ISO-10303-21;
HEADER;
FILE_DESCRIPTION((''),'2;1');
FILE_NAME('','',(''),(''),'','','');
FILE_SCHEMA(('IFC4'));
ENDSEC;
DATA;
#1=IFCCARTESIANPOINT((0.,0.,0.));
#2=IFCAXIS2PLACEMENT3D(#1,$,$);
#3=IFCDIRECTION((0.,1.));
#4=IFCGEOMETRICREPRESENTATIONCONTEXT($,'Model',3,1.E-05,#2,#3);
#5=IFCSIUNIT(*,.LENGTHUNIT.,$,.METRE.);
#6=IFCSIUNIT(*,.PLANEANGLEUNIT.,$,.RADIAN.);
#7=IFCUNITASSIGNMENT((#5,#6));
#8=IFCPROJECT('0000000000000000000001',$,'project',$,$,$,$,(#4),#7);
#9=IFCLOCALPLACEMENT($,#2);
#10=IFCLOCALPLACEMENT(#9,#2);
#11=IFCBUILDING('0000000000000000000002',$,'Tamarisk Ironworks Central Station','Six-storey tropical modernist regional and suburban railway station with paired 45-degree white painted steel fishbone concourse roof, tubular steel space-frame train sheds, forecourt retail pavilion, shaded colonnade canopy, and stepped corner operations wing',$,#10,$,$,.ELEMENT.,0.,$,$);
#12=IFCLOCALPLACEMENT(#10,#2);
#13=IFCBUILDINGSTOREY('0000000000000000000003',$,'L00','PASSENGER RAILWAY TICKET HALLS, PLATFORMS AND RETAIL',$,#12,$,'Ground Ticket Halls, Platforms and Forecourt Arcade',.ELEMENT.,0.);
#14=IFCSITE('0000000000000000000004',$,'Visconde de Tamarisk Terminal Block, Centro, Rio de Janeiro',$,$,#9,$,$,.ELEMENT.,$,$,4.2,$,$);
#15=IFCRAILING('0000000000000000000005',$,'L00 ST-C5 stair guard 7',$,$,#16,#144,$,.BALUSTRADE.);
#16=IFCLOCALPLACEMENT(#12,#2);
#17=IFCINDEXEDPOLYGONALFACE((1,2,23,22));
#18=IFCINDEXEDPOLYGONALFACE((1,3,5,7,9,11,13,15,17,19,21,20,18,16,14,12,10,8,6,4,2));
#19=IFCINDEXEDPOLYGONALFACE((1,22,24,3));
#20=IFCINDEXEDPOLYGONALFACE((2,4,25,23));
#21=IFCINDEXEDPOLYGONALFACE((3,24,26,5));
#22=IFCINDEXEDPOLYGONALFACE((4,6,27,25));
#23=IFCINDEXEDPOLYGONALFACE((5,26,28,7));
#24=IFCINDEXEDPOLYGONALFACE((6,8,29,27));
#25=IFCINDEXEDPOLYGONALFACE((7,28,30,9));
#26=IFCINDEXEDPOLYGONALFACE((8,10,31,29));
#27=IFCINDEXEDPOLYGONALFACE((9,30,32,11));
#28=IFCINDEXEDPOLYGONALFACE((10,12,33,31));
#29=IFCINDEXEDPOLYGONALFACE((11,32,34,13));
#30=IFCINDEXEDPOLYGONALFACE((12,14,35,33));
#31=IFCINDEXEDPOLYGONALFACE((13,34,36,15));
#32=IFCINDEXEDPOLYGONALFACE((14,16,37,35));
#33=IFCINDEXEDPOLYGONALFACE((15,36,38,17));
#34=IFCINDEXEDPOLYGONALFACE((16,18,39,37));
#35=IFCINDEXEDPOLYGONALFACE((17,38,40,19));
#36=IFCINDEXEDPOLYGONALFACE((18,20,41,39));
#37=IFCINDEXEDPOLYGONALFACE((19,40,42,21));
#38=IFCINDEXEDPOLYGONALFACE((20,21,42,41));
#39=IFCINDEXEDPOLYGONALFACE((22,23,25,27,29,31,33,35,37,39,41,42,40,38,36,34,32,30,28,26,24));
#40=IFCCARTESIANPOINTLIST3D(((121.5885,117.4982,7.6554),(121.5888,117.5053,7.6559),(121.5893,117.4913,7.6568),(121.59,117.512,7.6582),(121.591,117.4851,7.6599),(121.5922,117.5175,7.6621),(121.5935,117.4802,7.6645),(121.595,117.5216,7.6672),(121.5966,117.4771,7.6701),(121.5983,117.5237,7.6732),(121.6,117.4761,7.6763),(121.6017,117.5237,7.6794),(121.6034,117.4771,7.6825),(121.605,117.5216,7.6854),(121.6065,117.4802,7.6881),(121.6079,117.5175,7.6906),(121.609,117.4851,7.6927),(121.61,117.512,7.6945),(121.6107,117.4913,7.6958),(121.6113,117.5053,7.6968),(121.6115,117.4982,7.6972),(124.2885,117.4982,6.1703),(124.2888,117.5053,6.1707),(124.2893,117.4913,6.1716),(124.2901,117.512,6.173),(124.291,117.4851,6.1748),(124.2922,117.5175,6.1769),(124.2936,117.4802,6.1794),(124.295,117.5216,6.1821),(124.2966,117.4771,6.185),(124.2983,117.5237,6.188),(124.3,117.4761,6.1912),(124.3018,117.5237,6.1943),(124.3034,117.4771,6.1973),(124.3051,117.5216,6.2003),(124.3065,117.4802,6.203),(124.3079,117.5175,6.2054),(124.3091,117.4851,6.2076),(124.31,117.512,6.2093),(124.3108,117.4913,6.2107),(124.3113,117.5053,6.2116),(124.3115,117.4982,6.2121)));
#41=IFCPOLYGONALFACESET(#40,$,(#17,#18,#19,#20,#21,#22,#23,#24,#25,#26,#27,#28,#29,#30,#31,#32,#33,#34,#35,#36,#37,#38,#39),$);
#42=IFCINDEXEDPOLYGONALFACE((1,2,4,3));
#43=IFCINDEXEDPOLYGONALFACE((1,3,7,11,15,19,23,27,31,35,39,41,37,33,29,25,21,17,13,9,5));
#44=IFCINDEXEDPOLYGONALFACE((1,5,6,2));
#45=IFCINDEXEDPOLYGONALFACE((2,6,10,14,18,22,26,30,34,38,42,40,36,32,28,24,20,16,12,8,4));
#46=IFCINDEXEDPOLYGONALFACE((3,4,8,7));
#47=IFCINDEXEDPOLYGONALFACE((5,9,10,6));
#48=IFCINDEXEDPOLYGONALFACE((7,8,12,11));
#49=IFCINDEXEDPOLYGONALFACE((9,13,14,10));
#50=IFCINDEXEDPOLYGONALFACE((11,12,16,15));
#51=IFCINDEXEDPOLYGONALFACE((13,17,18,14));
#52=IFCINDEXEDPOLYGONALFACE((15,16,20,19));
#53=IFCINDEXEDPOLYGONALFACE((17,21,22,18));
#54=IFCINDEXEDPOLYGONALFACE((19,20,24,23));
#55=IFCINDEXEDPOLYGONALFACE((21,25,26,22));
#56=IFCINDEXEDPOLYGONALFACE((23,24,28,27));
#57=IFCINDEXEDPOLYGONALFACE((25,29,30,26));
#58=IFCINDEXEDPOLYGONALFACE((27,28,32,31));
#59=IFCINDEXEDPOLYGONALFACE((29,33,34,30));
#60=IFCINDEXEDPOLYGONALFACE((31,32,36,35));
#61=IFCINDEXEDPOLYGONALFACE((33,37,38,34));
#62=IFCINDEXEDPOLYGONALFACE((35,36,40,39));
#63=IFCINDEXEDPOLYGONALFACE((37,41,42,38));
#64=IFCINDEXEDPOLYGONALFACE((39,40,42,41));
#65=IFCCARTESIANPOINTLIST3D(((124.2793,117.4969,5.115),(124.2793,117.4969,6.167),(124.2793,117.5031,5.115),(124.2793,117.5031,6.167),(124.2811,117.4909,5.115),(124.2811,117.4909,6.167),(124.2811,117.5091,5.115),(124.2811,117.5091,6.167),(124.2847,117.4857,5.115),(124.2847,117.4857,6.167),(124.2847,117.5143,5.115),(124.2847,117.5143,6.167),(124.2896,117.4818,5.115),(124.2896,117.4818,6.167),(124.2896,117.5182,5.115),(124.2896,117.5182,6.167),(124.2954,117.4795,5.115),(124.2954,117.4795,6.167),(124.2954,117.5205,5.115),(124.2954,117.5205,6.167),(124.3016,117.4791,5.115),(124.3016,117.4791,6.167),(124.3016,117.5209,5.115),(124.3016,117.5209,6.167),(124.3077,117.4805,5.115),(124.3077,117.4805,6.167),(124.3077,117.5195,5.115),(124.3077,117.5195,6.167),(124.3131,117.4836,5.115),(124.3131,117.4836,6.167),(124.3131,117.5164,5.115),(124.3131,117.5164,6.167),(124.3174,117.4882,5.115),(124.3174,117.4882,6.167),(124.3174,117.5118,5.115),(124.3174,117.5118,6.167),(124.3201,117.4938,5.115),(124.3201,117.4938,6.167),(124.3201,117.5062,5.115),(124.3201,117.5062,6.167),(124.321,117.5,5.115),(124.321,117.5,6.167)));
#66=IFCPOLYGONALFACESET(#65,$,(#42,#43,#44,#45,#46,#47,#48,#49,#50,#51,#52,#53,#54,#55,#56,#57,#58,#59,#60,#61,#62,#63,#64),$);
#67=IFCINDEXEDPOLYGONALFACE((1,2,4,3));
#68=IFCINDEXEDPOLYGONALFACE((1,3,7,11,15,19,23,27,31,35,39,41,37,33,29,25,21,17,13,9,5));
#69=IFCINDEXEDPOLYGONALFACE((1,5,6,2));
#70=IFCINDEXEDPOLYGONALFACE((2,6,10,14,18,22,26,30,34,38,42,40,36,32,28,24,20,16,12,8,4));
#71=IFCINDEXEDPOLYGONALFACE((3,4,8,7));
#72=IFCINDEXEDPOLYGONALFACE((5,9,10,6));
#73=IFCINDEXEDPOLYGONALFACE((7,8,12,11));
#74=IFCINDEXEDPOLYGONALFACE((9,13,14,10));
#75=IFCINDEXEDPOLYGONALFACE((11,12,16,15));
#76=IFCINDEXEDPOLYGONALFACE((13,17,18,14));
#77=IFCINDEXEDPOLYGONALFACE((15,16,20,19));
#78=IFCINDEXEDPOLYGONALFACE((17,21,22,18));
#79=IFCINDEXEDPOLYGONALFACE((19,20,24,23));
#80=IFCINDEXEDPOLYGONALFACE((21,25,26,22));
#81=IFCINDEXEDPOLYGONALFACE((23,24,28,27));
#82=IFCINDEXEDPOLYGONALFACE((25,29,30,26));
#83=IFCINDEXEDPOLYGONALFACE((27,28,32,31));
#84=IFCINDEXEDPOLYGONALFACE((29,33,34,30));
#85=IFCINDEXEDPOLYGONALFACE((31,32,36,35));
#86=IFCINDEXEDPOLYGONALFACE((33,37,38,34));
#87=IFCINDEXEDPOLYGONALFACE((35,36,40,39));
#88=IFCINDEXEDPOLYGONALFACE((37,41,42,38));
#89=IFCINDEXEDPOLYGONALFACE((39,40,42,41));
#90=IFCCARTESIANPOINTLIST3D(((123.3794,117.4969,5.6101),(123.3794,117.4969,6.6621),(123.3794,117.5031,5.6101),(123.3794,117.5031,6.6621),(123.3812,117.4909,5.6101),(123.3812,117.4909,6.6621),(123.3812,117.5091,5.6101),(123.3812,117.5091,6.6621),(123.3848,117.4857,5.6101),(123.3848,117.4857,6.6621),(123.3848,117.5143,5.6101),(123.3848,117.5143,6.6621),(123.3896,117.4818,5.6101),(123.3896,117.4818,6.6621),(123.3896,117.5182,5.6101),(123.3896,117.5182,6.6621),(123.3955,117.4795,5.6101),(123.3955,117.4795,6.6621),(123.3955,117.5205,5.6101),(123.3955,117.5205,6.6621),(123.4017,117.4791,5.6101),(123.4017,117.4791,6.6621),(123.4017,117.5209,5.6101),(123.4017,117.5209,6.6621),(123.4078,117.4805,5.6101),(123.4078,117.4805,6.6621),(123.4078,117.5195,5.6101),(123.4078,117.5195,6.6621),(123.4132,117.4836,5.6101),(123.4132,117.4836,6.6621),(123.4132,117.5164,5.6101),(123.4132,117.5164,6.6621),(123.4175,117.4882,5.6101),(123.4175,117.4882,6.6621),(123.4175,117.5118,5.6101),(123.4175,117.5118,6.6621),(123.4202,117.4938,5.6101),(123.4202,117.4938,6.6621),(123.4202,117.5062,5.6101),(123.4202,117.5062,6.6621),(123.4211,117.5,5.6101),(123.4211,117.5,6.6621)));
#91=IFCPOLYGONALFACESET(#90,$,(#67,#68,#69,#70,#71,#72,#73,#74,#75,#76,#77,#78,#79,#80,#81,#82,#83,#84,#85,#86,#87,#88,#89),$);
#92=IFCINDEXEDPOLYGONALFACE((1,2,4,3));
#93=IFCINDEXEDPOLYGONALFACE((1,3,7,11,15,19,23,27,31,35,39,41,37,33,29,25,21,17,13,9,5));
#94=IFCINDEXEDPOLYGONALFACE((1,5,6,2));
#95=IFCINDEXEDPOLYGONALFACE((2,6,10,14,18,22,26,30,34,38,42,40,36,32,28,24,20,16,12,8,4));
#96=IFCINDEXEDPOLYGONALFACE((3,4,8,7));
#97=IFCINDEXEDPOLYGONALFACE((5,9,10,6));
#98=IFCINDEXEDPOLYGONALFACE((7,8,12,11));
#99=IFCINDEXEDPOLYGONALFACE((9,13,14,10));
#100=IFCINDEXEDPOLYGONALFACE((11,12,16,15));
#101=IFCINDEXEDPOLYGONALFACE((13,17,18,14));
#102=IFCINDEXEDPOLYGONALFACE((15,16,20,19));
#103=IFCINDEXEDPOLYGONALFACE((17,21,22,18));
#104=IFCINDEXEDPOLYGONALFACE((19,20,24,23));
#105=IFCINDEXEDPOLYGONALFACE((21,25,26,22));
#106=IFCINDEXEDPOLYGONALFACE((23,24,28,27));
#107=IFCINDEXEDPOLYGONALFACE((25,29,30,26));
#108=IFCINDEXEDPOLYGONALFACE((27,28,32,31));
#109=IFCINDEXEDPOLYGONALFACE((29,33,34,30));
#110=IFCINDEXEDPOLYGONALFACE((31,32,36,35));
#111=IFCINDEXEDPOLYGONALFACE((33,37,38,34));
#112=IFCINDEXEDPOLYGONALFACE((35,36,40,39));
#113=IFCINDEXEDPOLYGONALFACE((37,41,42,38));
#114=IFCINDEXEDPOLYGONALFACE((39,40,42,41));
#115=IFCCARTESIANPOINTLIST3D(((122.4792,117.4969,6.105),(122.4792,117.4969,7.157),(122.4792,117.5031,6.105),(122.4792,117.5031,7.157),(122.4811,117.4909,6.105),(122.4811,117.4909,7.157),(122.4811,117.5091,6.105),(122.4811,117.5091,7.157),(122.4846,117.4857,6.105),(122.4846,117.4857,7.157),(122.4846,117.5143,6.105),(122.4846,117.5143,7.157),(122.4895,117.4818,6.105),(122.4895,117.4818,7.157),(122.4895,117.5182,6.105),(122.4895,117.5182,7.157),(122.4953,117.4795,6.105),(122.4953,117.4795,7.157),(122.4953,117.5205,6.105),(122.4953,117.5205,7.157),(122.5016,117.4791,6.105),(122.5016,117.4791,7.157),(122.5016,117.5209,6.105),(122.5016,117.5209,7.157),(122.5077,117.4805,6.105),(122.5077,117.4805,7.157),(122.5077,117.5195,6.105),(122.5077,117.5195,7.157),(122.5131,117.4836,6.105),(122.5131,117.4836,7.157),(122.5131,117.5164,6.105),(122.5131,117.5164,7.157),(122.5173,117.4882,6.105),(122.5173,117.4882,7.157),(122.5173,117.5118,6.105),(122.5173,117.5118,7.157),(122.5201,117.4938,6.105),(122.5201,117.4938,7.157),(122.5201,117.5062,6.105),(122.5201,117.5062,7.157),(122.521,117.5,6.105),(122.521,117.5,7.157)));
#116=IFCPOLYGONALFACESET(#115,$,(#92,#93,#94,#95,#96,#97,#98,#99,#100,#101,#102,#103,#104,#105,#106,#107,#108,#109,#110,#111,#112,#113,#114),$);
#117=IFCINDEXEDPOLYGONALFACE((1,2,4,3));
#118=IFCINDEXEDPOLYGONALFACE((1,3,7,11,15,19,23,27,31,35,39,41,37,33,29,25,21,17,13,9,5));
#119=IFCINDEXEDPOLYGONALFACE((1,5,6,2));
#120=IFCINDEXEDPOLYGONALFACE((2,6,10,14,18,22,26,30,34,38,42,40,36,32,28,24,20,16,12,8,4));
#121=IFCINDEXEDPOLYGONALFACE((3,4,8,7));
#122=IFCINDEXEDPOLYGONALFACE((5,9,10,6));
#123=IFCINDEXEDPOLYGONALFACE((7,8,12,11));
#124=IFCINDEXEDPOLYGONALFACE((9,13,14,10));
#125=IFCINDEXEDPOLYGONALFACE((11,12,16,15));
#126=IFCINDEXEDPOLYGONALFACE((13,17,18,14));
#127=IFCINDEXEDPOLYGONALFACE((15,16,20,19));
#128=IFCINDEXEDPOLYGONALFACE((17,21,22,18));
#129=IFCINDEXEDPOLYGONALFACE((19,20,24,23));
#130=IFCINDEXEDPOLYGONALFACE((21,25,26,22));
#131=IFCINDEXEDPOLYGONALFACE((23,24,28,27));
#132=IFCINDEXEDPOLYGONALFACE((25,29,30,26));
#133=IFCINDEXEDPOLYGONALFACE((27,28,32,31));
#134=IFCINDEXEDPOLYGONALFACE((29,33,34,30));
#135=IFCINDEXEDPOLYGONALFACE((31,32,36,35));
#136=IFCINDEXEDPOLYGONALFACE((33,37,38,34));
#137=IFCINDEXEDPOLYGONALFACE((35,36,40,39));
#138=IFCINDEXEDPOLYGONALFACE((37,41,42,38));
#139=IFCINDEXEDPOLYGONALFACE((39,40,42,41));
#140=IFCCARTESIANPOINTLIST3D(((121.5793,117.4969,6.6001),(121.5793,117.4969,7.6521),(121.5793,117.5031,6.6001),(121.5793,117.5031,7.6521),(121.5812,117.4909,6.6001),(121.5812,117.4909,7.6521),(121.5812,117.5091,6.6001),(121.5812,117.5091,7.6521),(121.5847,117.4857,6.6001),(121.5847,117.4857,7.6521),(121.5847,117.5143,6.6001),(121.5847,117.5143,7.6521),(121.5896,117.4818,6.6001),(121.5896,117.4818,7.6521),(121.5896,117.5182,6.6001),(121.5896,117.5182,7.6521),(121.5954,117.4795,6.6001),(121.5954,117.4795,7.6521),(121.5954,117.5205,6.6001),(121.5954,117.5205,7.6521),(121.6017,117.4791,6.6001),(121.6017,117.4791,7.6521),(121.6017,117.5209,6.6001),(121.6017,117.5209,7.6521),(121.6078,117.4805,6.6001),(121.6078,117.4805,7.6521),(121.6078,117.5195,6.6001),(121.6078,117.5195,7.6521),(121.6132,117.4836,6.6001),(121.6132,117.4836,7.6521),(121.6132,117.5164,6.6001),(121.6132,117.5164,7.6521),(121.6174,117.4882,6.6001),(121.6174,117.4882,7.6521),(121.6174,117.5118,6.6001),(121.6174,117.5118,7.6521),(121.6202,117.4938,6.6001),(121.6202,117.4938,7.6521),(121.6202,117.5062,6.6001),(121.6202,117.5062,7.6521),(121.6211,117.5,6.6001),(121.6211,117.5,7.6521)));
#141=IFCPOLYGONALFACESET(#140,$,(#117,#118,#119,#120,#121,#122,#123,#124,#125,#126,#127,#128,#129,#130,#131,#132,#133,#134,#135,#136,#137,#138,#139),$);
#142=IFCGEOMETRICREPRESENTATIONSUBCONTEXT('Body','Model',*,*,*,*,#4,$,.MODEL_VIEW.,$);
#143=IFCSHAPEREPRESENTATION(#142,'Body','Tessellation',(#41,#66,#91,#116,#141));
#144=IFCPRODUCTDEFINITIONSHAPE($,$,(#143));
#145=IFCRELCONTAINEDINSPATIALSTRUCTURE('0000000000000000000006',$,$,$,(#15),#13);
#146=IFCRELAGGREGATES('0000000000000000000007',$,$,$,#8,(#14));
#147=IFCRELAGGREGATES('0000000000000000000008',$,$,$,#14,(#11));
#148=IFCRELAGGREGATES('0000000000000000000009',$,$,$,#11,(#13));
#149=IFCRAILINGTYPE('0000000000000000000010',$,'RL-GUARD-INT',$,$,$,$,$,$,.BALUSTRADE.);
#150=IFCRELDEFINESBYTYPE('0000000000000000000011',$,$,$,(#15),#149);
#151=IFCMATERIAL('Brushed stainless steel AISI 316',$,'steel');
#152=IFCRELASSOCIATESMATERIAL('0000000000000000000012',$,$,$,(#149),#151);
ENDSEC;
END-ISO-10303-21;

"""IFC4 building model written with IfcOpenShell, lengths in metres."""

from ifc_helpers import new_model, si_unit, direction, frame, origin, origin_2d, place, context, subcontext, project, spatial, circle, extrude, material, type_object, element, save


model = new_model("IFC4")

# Units and contexts
model_context = context("Model", 3, precision=1e-05, world=origin(), true_north=direction((0.0, 1.0)))
body_context = subcontext(model_context, "Body", "Model", "MODEL_VIEW")
ifc_project = project(units=[si_unit("LENGTHUNIT", "METRE"), si_unit("PLANEANGLEUNIT", "RADIAN")], contexts=[model_context])

# Site, building, storey
site_placement = place(None, origin())
site = spatial("IfcSite", under=ifc_project, at=site_placement, Name="Visconde de Tamarisk Terminal Block, Centro, Rio de Janeiro", CompositionType="ELEMENT", RefElevation=4.2)
building_placement = place(site_placement, origin())
building = spatial("IfcBuilding", under=site, at=building_placement, Name="Tamarisk Ironworks Central Station", Description="Six-storey tropical modernist regional and suburban railway station with paired 45-degree white painted steel fishbone concourse roof, tubular steel space-frame train sheds, forecourt retail pavilion, shaded colonnade canopy, and stepped corner operations wing", CompositionType="ELEMENT", ElevationOfRefHeight=0.0)
storey_placement = place(building_placement, origin())
storey = spatial("IfcBuildingStorey", under=building, at=storey_placement, Name="L00", Description="PASSENGER RAILWAY TICKET HALLS, PLATFORMS AND RETAIL", LongName="Ground Ticket Halls, Platforms and Forecourt Arcade", CompositionType="ELEMENT", Elevation=0.0)

# Railing
ifc_material_1 = material(Name="Brushed stainless steel AISI 316", Category="steel")
railing_type_1 = type_object("IfcRailingType", Name="RL-GUARD-INT", PredefinedType="BALUSTRADE", material=ifc_material_1)
railing_1_placement = place(storey_placement, frame((124.3, 117.5, 5.115)))
element("IfcRailing", 1, at=railing_1_placement, inside=storey, type_object=railing_type_1, Name="L00 ST-C5 stair guard 7", PredefinedType="BALUSTRADE", context=body_context, shape_type="SweptSolid", body=[
    extrude(circle(Radius=0.0239, at=origin_2d()), frame((0.0, 0.0, 1.0762), z_axis=(-0.876198, 0.0, 0.481952), x_axis=(0.0, -1.0, 0.0)), (0.0, 0.0, 1.0), 3.0815),
    extrude(circle(Radius=0.021, at=origin_2d()), origin(), (0.0, 0.0, 1.0), 1.052),
    extrude(circle(Radius=0.021, at=origin_2d()), frame((-0.8999, 0.0, 0.4951)), (0.0, 0.0, 1.0), 1.052),
    extrude(circle(Radius=0.021, at=origin_2d()), frame((-1.8, 0.0, 0.99)), (0.0, 0.0, 1.0), 1.052),
    extrude(circle(Radius=0.021, at=origin_2d()), frame((-2.7, 0.0, 1.4851)), (0.0, 0.0, 1.0), 1.052),
])

save(model, "model.ifc")
